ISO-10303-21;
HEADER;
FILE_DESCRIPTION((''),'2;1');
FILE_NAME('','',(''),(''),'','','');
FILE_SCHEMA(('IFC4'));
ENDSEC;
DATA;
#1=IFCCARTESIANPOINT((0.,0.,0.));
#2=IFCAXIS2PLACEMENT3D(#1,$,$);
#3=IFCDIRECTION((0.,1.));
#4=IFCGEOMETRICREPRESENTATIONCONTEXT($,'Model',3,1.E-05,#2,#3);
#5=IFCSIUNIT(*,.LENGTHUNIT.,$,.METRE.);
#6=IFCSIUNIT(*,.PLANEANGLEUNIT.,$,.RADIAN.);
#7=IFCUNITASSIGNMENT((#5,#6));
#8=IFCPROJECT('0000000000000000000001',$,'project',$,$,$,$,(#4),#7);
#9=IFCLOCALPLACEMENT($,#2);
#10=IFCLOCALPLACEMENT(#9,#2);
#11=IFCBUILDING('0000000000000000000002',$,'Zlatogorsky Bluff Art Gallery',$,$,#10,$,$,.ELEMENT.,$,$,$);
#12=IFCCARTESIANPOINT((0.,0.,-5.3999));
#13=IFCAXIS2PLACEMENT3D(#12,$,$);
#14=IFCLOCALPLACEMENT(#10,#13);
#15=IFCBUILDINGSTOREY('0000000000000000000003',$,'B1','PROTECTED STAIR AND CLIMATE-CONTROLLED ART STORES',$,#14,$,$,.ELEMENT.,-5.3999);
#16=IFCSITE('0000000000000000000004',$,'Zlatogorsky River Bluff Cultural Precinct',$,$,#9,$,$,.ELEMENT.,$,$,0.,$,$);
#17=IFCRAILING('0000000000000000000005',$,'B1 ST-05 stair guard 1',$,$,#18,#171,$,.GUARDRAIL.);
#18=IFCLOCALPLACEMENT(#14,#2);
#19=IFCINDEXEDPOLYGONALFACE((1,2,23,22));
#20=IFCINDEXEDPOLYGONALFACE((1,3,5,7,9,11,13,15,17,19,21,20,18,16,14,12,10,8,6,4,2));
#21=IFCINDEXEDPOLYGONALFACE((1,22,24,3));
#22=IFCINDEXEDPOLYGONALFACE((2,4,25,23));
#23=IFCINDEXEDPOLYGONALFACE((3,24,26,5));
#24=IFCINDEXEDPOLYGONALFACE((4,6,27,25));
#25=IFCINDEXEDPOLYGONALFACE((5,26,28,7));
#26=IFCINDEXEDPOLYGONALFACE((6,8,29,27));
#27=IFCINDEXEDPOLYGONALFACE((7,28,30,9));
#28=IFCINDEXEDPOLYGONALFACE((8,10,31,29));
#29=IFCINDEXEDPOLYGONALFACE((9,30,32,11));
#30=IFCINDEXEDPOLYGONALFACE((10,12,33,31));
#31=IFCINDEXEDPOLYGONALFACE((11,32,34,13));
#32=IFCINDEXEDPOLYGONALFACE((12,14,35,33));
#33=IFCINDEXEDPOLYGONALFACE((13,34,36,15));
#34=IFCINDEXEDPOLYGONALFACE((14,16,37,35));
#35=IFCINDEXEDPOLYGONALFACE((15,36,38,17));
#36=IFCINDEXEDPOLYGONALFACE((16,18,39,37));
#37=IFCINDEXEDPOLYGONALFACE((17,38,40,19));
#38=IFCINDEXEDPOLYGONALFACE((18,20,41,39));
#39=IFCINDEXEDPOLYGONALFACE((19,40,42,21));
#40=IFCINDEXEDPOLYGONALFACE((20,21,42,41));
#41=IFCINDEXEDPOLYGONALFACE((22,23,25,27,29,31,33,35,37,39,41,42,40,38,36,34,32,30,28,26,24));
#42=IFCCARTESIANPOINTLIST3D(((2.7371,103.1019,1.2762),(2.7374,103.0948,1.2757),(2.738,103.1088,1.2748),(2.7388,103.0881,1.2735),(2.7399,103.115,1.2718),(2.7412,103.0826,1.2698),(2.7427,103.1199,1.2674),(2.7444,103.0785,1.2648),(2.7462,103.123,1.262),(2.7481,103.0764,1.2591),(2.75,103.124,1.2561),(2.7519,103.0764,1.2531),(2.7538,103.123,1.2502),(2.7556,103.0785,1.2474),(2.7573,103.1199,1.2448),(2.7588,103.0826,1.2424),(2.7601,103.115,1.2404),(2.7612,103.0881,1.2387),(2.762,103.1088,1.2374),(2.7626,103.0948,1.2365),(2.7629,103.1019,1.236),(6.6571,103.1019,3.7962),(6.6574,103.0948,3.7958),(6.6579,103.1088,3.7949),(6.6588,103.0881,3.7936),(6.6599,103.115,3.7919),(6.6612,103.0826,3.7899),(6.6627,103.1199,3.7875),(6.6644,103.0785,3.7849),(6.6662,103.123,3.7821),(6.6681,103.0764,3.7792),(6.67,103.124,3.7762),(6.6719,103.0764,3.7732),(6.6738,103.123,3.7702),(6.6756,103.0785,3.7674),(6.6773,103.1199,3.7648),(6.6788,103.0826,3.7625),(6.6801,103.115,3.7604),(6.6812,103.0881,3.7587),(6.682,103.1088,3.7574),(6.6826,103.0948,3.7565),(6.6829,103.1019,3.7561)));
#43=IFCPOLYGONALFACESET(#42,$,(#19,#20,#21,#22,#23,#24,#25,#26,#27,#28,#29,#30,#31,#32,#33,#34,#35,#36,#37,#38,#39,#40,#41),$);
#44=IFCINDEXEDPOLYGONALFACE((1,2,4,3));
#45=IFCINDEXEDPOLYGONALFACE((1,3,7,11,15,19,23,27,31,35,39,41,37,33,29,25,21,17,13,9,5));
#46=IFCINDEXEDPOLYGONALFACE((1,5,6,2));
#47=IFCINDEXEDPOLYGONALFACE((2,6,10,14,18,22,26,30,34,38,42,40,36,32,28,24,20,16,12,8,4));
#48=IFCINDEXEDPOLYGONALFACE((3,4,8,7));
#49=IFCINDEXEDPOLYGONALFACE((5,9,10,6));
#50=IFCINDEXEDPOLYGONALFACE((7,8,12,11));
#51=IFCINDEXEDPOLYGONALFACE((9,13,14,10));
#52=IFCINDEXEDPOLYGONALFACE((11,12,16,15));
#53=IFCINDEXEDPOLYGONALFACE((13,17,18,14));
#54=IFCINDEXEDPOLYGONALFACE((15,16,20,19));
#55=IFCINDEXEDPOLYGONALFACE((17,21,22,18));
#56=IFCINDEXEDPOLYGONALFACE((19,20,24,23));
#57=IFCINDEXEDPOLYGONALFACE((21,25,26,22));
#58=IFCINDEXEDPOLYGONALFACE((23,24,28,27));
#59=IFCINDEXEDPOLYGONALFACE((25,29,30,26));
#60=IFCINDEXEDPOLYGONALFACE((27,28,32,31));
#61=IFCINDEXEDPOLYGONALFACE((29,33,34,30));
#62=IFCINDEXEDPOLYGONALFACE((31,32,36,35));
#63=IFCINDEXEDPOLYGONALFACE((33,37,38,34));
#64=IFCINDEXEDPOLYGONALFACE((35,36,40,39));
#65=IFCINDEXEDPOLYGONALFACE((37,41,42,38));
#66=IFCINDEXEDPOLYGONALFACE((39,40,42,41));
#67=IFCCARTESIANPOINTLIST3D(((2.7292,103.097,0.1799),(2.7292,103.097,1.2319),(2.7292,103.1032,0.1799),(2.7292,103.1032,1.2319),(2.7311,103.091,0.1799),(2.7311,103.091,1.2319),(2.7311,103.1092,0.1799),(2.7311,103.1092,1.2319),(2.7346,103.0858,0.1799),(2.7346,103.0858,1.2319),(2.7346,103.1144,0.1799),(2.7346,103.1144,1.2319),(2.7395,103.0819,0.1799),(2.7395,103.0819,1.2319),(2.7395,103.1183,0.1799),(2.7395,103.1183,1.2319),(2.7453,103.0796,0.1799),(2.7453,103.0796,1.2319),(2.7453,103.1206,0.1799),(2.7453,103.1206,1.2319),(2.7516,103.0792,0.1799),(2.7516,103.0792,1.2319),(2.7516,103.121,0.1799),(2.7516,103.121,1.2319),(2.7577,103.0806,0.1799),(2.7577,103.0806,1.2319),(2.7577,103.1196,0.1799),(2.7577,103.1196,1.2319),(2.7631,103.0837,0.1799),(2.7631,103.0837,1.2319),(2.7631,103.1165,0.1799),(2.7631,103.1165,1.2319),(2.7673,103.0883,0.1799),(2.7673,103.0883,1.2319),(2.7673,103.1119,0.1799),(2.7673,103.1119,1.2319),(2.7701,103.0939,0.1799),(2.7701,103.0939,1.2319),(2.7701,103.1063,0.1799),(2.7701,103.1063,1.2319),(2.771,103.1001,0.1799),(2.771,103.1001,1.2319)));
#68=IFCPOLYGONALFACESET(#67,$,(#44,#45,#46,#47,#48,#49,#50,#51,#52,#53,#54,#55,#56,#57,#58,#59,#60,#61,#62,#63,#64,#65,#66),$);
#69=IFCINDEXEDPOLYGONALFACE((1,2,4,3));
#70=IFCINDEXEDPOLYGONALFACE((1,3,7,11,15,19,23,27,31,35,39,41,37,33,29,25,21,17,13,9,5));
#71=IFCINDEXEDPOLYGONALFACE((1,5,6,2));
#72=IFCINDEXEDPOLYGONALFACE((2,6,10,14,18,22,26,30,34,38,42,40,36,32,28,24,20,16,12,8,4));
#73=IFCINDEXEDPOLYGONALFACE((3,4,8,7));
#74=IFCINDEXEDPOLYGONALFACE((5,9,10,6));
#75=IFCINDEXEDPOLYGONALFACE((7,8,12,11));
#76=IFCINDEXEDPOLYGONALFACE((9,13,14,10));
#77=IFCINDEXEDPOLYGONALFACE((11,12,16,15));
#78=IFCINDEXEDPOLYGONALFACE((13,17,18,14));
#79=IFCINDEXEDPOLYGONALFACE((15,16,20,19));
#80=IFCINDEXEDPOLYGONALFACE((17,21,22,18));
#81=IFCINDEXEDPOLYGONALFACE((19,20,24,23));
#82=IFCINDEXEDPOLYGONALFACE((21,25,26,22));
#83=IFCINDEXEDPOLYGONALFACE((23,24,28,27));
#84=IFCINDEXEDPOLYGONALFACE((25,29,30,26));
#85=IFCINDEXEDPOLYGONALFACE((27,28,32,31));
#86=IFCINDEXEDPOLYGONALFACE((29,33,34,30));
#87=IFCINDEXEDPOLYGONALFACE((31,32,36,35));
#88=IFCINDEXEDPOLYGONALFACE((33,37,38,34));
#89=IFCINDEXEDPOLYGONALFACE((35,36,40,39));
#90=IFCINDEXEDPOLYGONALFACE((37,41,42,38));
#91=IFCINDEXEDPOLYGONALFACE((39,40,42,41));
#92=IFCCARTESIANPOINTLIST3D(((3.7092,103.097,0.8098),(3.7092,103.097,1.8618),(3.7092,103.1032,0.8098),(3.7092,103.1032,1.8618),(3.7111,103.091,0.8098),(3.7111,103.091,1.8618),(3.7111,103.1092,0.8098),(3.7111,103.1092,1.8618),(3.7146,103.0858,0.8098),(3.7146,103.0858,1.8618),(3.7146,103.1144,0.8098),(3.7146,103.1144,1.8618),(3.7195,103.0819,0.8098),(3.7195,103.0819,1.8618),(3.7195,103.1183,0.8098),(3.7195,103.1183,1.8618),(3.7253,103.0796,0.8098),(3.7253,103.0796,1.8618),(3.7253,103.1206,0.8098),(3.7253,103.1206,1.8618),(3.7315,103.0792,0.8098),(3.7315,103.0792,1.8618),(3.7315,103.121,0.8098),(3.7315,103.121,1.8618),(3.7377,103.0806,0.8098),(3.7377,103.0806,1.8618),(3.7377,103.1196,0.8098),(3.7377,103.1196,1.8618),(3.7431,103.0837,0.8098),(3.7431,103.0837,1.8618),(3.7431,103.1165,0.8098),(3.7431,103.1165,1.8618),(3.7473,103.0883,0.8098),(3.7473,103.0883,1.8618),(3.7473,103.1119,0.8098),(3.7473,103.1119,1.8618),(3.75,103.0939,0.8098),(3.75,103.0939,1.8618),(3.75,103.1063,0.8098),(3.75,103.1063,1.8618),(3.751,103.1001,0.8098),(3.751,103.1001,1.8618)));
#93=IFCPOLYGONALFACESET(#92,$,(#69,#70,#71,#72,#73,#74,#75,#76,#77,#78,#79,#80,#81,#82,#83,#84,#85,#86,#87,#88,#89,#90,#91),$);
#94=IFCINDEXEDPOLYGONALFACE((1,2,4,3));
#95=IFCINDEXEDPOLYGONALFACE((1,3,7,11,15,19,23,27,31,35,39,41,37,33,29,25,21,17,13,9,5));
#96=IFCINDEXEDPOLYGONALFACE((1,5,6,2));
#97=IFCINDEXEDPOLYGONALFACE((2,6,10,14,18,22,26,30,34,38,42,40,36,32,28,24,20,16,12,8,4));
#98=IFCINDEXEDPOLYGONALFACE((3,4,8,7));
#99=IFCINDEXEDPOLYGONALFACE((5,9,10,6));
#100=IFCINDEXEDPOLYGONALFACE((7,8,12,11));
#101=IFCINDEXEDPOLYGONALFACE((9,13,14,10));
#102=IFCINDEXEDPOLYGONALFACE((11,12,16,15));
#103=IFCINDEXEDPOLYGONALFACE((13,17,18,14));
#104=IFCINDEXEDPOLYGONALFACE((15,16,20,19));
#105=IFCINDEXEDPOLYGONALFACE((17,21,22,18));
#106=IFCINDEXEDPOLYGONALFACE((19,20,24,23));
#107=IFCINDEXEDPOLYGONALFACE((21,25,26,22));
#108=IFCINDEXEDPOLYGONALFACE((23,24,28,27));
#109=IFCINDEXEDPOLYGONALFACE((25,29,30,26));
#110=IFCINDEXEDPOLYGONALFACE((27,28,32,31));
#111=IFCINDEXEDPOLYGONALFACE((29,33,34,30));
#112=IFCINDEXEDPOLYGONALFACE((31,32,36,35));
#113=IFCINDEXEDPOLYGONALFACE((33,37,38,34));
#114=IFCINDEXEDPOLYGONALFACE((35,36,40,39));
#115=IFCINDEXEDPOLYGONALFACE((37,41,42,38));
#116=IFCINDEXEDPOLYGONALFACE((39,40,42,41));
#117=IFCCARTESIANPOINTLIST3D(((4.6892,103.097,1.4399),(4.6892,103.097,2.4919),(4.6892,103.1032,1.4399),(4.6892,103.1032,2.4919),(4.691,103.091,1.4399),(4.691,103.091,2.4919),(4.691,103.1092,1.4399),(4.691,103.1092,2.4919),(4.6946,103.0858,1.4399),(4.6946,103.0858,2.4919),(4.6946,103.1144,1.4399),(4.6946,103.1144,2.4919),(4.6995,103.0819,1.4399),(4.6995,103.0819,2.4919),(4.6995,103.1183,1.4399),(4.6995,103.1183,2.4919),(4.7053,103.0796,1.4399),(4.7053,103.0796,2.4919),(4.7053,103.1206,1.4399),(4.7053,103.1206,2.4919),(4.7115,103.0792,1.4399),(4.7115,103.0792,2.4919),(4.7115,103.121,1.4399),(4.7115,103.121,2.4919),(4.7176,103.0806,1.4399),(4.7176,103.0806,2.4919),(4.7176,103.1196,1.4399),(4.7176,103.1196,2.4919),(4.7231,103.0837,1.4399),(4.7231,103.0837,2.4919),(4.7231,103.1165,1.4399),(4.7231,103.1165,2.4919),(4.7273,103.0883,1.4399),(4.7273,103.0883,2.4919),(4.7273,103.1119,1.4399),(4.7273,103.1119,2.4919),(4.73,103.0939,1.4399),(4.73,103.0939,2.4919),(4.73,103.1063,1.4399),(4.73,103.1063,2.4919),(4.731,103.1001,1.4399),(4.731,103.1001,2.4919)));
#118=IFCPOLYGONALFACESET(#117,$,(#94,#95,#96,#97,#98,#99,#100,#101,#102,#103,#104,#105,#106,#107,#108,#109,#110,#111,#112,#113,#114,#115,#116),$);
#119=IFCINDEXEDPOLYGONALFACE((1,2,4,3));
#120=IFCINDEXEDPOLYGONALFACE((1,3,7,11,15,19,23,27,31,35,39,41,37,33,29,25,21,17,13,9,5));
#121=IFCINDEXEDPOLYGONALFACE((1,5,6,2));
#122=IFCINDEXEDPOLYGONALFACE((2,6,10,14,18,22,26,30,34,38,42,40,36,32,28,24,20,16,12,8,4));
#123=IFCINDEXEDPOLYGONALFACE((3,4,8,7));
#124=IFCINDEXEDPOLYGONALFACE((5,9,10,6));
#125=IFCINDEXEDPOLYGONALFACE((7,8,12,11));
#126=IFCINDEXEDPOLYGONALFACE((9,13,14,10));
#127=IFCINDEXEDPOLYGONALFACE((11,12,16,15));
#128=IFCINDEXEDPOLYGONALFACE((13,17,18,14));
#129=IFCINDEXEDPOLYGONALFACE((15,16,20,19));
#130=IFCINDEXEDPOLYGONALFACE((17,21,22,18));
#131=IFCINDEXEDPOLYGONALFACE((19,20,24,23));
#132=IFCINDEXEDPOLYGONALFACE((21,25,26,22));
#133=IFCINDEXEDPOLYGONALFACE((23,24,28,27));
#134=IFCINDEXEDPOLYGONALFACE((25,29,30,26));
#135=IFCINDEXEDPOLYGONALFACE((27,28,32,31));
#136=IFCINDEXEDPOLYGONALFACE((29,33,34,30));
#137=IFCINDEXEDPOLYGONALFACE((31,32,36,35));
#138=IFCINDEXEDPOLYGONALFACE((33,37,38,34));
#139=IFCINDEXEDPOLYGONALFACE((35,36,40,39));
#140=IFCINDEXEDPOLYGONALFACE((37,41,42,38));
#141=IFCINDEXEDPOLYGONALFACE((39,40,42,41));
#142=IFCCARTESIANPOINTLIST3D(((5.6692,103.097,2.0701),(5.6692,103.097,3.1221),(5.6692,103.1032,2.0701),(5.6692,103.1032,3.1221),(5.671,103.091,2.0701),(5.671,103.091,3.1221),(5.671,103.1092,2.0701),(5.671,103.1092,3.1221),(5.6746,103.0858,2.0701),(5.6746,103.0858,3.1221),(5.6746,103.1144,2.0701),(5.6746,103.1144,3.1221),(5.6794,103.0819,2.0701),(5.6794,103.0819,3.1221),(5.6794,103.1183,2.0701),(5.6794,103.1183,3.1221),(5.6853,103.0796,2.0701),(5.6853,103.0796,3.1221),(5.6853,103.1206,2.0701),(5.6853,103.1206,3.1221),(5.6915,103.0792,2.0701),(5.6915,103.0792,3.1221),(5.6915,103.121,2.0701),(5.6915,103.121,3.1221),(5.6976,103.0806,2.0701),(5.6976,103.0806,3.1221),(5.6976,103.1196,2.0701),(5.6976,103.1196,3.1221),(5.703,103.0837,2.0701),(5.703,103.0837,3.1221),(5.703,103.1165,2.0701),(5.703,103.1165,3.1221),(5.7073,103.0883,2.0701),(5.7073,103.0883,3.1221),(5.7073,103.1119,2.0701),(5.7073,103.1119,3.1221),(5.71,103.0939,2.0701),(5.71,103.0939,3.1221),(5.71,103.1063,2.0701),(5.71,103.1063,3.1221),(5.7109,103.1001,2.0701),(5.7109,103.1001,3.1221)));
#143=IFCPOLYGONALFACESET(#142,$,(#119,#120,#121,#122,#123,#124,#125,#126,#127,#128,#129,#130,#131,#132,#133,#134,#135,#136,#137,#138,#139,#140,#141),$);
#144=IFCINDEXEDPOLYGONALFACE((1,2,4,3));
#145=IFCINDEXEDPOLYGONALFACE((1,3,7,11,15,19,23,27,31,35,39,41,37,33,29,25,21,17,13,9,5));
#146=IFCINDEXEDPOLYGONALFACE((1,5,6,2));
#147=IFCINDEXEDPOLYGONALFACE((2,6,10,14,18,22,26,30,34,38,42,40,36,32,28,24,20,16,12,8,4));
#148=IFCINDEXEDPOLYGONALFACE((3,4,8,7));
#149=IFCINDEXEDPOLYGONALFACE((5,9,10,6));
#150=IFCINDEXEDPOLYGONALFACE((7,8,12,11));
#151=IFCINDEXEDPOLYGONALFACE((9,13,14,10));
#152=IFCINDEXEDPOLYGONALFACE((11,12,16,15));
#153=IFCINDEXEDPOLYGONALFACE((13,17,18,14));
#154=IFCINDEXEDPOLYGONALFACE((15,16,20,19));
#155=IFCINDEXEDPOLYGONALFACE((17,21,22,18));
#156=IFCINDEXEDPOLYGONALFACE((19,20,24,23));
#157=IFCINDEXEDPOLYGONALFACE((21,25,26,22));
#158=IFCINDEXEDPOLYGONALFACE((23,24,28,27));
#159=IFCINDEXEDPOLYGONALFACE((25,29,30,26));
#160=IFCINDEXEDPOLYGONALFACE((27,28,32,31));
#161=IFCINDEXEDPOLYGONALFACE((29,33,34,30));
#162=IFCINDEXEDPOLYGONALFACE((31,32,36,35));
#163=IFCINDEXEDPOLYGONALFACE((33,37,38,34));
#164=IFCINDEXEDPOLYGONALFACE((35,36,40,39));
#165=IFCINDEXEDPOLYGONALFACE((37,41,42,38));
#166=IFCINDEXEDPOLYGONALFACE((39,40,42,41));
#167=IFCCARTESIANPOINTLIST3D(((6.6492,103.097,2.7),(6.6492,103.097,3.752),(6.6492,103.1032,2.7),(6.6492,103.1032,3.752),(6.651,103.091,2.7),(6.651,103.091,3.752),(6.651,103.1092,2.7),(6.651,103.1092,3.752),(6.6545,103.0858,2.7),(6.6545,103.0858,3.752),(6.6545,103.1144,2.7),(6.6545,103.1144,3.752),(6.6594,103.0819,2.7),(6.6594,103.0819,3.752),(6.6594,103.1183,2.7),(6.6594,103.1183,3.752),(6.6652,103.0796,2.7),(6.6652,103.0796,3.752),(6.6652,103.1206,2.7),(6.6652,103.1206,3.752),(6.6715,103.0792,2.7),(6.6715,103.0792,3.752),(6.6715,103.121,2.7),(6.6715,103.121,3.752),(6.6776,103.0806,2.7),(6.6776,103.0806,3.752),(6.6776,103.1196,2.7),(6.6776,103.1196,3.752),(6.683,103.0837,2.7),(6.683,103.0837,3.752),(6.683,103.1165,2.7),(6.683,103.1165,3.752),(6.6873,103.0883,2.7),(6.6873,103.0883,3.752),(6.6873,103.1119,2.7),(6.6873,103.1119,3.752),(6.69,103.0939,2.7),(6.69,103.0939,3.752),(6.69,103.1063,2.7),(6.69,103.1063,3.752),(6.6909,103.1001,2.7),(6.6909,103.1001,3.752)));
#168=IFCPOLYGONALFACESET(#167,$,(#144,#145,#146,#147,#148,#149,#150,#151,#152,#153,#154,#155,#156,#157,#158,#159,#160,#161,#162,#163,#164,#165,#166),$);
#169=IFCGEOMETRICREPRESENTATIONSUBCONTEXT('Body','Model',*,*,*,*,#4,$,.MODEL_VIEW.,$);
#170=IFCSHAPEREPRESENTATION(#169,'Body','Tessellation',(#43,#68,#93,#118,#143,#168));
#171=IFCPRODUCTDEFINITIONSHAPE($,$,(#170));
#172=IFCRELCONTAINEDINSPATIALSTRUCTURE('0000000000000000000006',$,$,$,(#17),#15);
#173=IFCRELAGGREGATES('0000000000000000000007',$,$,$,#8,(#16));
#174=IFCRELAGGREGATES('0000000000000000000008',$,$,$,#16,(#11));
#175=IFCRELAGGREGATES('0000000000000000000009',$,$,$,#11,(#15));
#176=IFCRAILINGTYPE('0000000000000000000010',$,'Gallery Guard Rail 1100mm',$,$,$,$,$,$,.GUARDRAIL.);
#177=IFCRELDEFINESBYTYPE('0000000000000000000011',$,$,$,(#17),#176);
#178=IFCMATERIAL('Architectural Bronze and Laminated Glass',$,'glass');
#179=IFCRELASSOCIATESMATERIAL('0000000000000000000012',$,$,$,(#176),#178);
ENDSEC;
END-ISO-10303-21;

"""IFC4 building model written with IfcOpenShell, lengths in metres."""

from ifc_helpers import new_model, si_unit, direction, frame, origin, origin_2d, place, context, subcontext, project, spatial, circle, extrude, material, type_object, element, save


model = new_model("IFC4")

# Units and contexts
model_context = context("Model", 3, precision=1e-05, world=origin(), true_north=direction((0.0, 1.0)))
body_context = subcontext(model_context, "Body", "Model", "MODEL_VIEW")
ifc_project = project(units=[si_unit("LENGTHUNIT", "METRE"), si_unit("PLANEANGLEUNIT", "RADIAN")], contexts=[model_context])

# Site, building, storey
site_placement = place(None, origin())
site = spatial("IfcSite", under=ifc_project, at=site_placement, Name="Zlatogorsky River Bluff Cultural Precinct", CompositionType="ELEMENT", RefElevation=0.0)
building_placement = place(site_placement, origin())
building = spatial("IfcBuilding", under=site, at=building_placement, Name="Zlatogorsky Bluff Art Gallery", CompositionType="ELEMENT")
storey_placement = place(building_placement, frame((0.0, 0.0, -5.3999)))
storey = spatial("IfcBuildingStorey", under=building, at=storey_placement, Name="B1", Description="PROTECTED STAIR AND CLIMATE-CONTROLLED ART STORES", CompositionType="ELEMENT", Elevation=-5.3999)

# Railing
ifc_material_1 = material(Name="Architectural Bronze and Laminated Glass", Category="glass")
railing_type_1 = type_object("IfcRailingType", Name="Gallery Guard Rail 1100mm", PredefinedType="GUARDRAIL", material=ifc_material_1)
railing_1_placement = place(storey_placement, frame((2.75, 103.1001, 0.1799)))
element("IfcRailing", 1, at=railing_1_placement, inside=storey, type_object=railing_type_1, Name="B1 ST-05 stair guard 1", PredefinedType="GUARDRAIL", context=body_context, shape_type="SweptSolid", body=[
    extrude(circle(Radius=0.0239, at=origin_2d()), frame((0.0, 0.0, 1.0762), z_axis=(0.841172, 0.0, 0.540768), x_axis=(0.0, 1.0, 0.0)), (0.0, 0.0, 1.0), 4.6602),
    extrude(circle(Radius=0.021, at=origin_2d()), origin(), (0.0, 0.0, 1.0), 1.052),
    extrude(circle(Radius=0.021, at=origin_2d()), frame((0.98, 0.0, 0.6299)), (0.0, 0.0, 1.0), 1.052),
    extrude(circle(Radius=0.021, at=origin_2d()), frame((1.96, 0.0, 1.26)), (0.0, 0.0, 1.0), 1.052),
    extrude(circle(Radius=0.021, at=origin_2d()), frame((2.9399, 0.0, 1.8901)), (0.0, 0.0, 1.0), 1.052),
    extrude(circle(Radius=0.021, at=origin_2d()), frame((3.9199, 0.0, 2.52)), (0.0, 0.0, 1.0), 1.052),
])

save(model, "model.ifc")
